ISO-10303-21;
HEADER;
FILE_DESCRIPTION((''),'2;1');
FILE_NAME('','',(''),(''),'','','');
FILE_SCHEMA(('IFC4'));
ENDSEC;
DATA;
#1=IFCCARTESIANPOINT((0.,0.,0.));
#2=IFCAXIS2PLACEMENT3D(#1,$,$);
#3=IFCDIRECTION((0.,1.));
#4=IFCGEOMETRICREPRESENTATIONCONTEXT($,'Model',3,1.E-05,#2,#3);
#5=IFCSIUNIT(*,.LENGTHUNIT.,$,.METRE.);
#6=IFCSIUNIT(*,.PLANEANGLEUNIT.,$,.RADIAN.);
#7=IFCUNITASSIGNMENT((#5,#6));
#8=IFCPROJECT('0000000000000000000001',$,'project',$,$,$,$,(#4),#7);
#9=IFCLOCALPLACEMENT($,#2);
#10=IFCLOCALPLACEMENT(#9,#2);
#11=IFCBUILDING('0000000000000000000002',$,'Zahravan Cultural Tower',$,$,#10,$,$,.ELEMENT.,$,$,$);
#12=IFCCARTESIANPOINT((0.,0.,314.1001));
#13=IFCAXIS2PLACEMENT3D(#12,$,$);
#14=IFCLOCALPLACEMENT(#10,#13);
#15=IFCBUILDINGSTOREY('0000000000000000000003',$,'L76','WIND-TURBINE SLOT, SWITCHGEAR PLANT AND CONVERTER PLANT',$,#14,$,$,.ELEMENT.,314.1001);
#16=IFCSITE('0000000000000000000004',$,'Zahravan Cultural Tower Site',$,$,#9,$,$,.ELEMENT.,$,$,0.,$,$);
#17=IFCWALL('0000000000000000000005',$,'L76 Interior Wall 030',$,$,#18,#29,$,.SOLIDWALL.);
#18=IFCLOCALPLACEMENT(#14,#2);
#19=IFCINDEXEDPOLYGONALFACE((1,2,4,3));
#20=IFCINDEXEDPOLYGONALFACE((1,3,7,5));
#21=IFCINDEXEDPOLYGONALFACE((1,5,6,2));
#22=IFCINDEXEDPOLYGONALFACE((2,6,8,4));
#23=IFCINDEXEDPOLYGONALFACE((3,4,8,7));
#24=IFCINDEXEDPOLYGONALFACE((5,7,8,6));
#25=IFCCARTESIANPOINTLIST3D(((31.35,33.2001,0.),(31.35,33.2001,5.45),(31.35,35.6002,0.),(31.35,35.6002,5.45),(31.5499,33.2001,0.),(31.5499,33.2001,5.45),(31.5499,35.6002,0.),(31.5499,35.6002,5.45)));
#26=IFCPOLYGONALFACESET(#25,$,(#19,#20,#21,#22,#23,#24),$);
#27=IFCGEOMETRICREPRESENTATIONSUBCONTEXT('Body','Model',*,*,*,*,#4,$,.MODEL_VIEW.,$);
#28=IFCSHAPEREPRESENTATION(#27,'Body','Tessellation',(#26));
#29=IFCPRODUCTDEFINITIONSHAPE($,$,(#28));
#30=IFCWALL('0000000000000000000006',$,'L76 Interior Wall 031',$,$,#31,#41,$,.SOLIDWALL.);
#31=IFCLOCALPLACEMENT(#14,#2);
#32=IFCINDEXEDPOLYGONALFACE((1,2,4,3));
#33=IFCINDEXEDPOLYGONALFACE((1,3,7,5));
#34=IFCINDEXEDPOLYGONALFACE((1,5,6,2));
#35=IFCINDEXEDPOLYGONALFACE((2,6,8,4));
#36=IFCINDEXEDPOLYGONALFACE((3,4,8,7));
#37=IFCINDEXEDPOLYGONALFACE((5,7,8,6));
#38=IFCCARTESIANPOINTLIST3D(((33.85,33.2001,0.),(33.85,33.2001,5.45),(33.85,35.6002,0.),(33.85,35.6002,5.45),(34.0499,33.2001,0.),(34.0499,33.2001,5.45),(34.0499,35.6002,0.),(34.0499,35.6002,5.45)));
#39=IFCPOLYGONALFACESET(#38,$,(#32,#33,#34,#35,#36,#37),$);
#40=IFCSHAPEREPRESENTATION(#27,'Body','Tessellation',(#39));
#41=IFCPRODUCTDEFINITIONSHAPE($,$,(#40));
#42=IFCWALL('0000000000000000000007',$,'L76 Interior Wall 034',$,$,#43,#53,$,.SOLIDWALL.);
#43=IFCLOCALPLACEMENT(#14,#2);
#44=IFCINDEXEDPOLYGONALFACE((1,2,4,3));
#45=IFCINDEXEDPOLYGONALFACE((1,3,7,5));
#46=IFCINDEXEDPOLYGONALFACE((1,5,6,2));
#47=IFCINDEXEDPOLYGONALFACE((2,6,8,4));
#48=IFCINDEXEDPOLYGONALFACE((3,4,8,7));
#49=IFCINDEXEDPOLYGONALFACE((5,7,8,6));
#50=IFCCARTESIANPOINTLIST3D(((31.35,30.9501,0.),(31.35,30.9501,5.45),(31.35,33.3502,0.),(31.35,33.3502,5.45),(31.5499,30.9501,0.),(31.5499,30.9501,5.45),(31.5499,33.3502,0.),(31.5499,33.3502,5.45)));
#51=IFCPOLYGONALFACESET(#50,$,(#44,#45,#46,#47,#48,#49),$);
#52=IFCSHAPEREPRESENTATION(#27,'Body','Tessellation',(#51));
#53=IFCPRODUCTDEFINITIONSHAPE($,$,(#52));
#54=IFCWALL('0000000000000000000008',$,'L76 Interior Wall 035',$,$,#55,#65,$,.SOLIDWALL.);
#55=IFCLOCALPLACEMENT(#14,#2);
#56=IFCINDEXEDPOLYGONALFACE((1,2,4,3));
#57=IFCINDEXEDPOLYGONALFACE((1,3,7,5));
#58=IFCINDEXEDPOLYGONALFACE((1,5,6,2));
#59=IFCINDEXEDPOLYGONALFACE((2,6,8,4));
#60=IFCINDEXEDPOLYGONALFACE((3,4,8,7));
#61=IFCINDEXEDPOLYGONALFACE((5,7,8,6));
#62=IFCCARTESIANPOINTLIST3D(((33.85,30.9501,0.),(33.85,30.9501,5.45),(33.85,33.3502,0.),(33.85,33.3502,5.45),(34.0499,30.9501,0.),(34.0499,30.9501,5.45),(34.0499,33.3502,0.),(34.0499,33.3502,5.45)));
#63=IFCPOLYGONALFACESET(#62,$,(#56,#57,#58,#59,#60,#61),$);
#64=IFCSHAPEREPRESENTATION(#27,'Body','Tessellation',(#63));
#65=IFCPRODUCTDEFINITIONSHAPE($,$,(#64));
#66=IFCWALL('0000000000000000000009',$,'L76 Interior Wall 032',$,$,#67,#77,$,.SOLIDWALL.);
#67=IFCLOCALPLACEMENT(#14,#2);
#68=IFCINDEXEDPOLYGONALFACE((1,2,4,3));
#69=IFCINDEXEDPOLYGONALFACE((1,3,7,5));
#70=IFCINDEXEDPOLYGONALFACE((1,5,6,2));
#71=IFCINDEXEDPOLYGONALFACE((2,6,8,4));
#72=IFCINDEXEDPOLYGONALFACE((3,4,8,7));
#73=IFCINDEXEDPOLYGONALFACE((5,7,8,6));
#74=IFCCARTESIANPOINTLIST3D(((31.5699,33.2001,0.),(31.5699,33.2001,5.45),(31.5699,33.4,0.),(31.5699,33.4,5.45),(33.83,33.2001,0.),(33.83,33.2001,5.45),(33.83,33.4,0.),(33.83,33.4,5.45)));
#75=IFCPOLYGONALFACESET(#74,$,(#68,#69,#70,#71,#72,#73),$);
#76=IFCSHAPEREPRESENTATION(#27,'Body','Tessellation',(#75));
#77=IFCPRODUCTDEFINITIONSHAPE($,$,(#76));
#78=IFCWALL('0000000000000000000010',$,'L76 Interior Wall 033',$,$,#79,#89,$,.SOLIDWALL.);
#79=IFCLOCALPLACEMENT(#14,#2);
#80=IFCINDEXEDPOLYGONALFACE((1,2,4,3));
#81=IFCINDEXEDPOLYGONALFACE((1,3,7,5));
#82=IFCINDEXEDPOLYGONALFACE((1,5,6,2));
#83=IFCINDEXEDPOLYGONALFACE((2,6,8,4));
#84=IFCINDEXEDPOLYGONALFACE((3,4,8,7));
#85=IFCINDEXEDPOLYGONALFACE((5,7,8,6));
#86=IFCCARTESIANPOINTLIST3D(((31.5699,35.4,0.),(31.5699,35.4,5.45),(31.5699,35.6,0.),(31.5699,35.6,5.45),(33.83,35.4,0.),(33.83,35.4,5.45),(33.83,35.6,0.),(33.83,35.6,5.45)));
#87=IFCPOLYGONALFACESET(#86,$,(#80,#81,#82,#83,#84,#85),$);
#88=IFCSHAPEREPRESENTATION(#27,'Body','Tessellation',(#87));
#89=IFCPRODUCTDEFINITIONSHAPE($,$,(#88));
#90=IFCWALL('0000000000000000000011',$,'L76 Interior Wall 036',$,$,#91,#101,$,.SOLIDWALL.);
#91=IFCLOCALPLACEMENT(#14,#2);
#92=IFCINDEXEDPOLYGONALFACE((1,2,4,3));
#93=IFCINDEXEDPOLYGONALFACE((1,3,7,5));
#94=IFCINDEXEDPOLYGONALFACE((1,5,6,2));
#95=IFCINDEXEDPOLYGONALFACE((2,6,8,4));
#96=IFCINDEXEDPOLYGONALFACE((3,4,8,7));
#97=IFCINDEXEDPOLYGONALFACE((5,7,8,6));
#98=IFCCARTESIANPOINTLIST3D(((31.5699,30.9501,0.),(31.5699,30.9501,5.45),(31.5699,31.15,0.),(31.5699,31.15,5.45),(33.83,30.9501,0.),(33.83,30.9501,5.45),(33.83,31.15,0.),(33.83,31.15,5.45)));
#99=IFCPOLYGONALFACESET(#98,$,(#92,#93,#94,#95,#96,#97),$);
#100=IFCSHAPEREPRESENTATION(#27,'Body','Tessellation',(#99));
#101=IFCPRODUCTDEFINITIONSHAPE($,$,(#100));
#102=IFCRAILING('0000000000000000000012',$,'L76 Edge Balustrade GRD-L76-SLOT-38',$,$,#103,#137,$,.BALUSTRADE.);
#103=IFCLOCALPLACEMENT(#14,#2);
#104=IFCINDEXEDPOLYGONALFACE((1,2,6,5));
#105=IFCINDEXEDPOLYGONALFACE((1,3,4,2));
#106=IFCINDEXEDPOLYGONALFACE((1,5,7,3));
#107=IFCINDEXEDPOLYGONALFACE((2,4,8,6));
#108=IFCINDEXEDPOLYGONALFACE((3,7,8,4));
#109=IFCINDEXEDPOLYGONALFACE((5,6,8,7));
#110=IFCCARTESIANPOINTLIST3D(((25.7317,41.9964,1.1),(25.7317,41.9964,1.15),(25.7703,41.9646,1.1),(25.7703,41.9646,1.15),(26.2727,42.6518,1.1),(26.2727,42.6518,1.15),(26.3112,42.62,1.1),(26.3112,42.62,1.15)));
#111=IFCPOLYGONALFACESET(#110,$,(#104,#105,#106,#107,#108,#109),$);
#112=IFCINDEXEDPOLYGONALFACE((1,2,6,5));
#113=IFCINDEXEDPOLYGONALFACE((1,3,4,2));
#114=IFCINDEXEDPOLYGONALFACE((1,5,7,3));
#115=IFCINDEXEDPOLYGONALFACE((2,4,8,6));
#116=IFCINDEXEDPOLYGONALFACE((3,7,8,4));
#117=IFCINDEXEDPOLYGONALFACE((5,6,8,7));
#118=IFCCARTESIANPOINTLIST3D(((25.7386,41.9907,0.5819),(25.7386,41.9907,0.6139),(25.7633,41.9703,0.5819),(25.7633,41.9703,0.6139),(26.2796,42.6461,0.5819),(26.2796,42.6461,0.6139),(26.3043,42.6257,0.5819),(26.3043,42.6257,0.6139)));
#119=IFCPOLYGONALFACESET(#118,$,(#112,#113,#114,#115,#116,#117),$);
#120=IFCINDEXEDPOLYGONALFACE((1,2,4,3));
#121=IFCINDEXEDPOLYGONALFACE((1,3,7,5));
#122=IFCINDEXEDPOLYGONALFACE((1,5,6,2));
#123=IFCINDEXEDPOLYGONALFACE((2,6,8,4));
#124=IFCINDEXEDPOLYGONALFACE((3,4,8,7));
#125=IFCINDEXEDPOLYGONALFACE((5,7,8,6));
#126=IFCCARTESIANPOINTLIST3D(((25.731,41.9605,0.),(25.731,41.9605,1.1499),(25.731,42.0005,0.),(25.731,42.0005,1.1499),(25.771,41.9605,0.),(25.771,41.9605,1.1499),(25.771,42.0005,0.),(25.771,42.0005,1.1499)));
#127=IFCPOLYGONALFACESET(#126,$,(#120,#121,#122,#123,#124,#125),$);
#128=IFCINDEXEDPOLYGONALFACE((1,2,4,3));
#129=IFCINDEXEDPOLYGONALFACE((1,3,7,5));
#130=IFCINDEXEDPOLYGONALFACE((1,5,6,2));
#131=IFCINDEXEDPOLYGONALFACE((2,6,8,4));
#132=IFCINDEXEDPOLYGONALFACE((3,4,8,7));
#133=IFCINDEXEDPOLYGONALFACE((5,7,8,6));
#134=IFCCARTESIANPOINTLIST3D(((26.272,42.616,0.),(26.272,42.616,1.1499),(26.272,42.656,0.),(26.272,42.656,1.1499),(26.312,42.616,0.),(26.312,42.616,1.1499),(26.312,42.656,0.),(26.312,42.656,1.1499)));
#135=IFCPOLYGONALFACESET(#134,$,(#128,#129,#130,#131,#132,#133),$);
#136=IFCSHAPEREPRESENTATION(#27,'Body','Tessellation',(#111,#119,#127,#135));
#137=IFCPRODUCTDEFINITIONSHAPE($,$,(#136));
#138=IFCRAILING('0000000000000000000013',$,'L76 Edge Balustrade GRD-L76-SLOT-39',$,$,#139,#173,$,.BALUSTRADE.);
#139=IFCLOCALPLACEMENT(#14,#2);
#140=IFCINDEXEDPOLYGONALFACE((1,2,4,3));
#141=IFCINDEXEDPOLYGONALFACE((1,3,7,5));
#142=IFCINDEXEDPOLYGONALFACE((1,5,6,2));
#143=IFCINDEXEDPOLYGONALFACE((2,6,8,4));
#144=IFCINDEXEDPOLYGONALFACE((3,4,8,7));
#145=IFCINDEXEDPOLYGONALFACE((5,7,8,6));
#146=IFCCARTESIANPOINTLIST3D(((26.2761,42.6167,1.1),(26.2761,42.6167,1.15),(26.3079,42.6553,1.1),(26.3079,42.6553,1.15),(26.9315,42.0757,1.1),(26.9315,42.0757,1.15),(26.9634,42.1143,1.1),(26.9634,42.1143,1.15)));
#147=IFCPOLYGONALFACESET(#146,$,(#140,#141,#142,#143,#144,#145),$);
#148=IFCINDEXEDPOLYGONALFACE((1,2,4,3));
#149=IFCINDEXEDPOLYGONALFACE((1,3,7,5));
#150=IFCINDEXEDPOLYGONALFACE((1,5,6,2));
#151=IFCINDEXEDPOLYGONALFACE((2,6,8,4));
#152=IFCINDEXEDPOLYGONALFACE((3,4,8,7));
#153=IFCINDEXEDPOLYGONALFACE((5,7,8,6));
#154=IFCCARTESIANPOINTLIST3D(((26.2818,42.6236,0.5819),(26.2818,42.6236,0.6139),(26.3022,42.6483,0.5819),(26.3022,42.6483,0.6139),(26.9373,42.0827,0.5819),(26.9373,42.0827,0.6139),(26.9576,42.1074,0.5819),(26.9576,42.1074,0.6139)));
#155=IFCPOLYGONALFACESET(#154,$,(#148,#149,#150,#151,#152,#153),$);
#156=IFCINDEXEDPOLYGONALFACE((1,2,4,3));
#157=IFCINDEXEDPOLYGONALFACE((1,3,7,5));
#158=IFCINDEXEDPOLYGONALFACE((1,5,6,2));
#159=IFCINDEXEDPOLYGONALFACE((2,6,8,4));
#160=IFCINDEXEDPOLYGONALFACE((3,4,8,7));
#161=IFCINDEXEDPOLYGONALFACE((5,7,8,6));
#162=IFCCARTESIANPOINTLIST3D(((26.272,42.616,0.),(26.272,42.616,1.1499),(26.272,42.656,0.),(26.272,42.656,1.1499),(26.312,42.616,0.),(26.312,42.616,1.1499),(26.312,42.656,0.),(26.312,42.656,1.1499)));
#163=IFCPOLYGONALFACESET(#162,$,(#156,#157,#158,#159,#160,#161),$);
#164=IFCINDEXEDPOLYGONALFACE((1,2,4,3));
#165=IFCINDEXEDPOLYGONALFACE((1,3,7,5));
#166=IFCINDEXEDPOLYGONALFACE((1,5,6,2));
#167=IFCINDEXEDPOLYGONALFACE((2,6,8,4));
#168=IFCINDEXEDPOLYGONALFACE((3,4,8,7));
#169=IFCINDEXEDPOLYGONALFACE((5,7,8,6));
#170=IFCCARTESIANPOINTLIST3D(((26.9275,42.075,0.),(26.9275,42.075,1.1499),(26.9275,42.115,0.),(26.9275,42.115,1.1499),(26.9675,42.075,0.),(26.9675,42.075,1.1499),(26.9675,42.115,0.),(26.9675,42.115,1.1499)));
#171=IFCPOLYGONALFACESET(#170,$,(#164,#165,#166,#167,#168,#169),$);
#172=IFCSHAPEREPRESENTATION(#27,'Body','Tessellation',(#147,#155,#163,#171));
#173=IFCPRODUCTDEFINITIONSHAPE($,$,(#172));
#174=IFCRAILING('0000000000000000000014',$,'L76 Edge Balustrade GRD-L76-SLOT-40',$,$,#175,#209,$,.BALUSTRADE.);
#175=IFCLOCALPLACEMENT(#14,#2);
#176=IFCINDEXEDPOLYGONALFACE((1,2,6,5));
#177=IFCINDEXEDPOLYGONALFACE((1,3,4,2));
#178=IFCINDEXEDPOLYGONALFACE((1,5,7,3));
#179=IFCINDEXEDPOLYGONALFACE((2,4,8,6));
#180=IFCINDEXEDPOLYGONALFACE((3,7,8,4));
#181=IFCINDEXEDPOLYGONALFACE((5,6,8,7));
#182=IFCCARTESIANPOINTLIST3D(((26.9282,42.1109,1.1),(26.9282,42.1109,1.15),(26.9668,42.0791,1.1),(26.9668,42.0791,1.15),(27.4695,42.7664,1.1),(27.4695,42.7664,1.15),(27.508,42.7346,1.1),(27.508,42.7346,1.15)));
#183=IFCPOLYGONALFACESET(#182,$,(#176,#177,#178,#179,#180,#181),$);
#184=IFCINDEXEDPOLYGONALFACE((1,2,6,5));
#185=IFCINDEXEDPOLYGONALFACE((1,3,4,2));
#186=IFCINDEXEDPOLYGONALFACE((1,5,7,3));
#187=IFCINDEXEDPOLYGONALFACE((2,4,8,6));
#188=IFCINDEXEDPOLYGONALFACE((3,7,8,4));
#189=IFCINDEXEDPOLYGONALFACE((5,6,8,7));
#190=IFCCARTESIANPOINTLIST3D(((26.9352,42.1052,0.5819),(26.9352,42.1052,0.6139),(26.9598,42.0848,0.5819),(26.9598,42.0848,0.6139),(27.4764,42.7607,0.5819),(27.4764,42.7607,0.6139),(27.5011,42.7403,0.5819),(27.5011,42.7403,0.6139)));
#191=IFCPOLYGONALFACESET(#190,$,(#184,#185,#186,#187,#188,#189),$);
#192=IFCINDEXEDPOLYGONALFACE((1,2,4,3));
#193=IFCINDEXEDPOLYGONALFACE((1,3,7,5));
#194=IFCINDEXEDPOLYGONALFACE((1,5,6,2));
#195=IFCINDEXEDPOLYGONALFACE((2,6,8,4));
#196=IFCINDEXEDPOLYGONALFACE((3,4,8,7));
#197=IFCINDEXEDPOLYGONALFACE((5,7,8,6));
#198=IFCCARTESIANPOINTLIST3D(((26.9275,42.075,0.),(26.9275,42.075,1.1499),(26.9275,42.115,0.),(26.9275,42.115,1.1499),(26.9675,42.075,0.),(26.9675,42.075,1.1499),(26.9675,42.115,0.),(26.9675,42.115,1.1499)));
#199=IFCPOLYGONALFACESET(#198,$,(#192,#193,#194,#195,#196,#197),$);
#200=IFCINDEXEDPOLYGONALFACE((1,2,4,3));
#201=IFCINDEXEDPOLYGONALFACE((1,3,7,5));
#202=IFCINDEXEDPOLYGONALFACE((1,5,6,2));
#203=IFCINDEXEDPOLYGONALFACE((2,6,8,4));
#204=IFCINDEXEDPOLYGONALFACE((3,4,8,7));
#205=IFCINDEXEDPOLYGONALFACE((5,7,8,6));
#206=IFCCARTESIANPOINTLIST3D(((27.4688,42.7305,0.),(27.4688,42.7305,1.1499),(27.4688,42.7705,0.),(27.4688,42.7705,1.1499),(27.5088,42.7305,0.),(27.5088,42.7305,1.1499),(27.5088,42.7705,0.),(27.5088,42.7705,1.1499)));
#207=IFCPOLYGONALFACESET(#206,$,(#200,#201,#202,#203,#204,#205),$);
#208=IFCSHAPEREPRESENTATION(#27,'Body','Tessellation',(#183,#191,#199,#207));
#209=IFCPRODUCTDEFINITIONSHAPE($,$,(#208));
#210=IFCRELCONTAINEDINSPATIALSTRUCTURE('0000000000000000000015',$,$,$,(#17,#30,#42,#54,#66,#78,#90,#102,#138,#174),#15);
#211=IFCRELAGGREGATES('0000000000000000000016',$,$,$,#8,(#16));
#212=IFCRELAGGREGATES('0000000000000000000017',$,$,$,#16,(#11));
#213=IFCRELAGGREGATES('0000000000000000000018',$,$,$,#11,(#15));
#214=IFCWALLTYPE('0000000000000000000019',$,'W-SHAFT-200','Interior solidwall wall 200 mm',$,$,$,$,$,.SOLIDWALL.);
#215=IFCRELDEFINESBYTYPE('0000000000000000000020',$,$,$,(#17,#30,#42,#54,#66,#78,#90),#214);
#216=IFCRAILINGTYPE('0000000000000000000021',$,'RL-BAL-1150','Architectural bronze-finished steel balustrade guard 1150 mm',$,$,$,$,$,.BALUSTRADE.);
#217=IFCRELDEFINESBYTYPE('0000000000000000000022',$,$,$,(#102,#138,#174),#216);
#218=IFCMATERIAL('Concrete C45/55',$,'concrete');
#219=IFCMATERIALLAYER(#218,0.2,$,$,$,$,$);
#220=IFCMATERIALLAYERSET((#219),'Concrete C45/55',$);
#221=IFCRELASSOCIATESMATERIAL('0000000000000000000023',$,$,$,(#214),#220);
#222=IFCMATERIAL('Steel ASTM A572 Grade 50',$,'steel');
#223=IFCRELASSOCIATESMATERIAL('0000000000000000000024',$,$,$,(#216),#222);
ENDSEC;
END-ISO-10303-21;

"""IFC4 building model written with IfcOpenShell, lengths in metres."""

from ifc_helpers import new_model, si_unit, direction, frame, frame_2d, origin, origin_2d, place, context, subcontext, project, spatial, rectangle, extrude, source, transform, mapped, material, layer, layer_set, type_object, element, save


model = new_model("IFC4")

# Units and contexts
model_context = context("Model", 3, precision=1e-05, world=origin(), true_north=direction((0.0, 1.0)))
body_context = subcontext(model_context, "Body", "Model", "MODEL_VIEW")
ifc_project = project(units=[si_unit("LENGTHUNIT", "METRE"), si_unit("PLANEANGLEUNIT", "RADIAN")], contexts=[model_context])

# Site, building, storey
site_placement = place(None, origin())
site = spatial("IfcSite", under=ifc_project, at=site_placement, Name="Zahravan Cultural Tower Site", CompositionType="ELEMENT", RefElevation=0.0)
building_placement = place(site_placement, origin())
building = spatial("IfcBuilding", under=site, at=building_placement, Name="Zahravan Cultural Tower", CompositionType="ELEMENT")
storey_placement = place(building_placement, frame((0.0, 0.0, 314.1001)))
storey = spatial("IfcBuildingStorey", under=building, at=storey_placement, Name="L76", Description="WIND-TURBINE SLOT, SWITCHGEAR PLANT AND CONVERTER PLANT", CompositionType="ELEMENT", Elevation=314.1001)

# Shared definitions
ifc_material_1 = material(Name="Concrete C45/55", Category="concrete")

# Shared definitions
ifc_material_2 = material(Name="Steel ASTM A572 Grade 50", Category="steel")

# Shared definitions
ifc_layer_1 = layer(ifc_material_1, 0.2)
ifc_layer_set_1 = layer_set([ifc_layer_1], Name="Concrete C45/55")
wall_type = type_object("IfcWallType", Name="W-SHAFT-200", Description="Interior solidwall wall 200 mm", PredefinedType="SOLIDWALL", material=ifc_layer_set_1)

# Walls
shared_shape_1 = source(origin(), body_context, "Body", "SweptSolid", [
    extrude(rectangle(XDim=2.4001, YDim=0.2, at=frame_2d((1.2002, 0.0))), origin(), (0.0, 0.0, 1.0), 5.45),
])
for number, where, z_axis, x_axis, name in (
    (1, (31.45, 33.2, 0.0), (0.0, 0.0, 1.0), (0.0, 1.0, 0.0), "L76 Interior Wall 030"),
    (2, (33.95, 33.2, 0.0), (0.0, 0.0, 1.0), (0.0, 1.0, 0.0), "L76 Interior Wall 031"),
    (3, (31.45, 30.95, 0.0), (0.0, 0.0, 1.0), (0.0, 1.0, 0.0), "L76 Interior Wall 034"),
    (4, (33.95, 30.95, 0.0), (0.0, 0.0, 1.0), (0.0, 1.0, 0.0), "L76 Interior Wall 035"),
):
    element("IfcWall", number, at=place(storey_placement, frame(where, z_axis=z_axis, x_axis=x_axis)), inside=storey, type_object=wall_type, Name=name, PredefinedType="SOLIDWALL", context=body_context, shape_type="MappedRepresentation", body=[
        mapped(shared_shape_1, transform((0.0, 0.0, 0.0), x_axis=(1.0, 0.0, 0.0), y_axis=(0.0, 1.0, 0.0), z_axis=(0.0, 0.0, 1.0), scale=1.0)),
    ])
shared_shape_2 = source(origin(), body_context, "Body", "SweptSolid", [
    extrude(rectangle(XDim=2.26, YDim=0.2, at=frame_2d((1.1299, 0.0))), origin(), (0.0, 0.0, 1.0), 5.45),
])
for number, where, z_axis, x_axis, name in (
    (5, (31.5701, 33.3, 0.0), (0.0, 0.0, 1.0), (1.0, 0.0, 0.0), "L76 Interior Wall 032"),
    (6, (31.5701, 35.5, 0.0), (0.0, 0.0, 1.0), (1.0, 0.0, 0.0), "L76 Interior Wall 033"),
    (7, (31.5701, 31.05, 0.0), (0.0, 0.0, 1.0), (1.0, 0.0, 0.0), "L76 Interior Wall 036"),
):
    element("IfcWall", number, at=place(storey_placement, frame(where, z_axis=z_axis, x_axis=x_axis)), inside=storey, type_object=wall_type, Name=name, PredefinedType="SOLIDWALL", context=body_context, shape_type="MappedRepresentation", body=[
        mapped(shared_shape_2, transform((0.0, 0.0, 0.0), x_axis=(1.0, 0.0, 0.0), y_axis=(0.0, 1.0, 0.0), z_axis=(0.0, 0.0, 1.0), scale=1.0)),
    ])

# Railings
railing_type_1 = type_object("IfcRailingType", Name="RL-BAL-1150", Description="Architectural bronze-finished steel balustrade guard 1150 mm", PredefinedType="BALUSTRADE", material=ifc_material_2)
railing_1_placement = place(storey_placement, frame((25.751, 41.9805, 0.0)))
element("IfcRailing", 8, at=railing_1_placement, inside=storey, type_object=railing_type_1, Name="L76 Edge Balustrade GRD-L76-SLOT-38", PredefinedType="BALUSTRADE", context=body_context, shape_type="SweptSolid", body=[
    extrude(rectangle(XDim=0.05, YDim=0.05, at=origin_2d()), frame((0.0, 0.0, 1.125), z_axis=(0.636532, 0.77125, 0.0), x_axis=(-0.77125, 0.636532, 0.0)), (0.0, 0.0, 1.0), 0.8499),
    extrude(rectangle(XDim=0.032, YDim=0.032, at=origin_2d()), frame((0.0, 0.0, 0.5979), z_axis=(0.636532, 0.77125, 0.0), x_axis=(-0.77125, 0.636532, 0.0)), (0.0, 0.0, 1.0), 0.8499),
    extrude(rectangle(XDim=0.04, YDim=0.04, at=origin_2d()), origin(), (0.0, 0.0, 1.0), 1.1499),
    extrude(rectangle(XDim=0.04, YDim=0.04, at=origin_2d()), frame((0.541, 0.6555, 0.0)), (0.0, 0.0, 1.0), 1.1499),
])
railing_2_placement = place(storey_placement, frame((26.292, 42.636, 0.0)))
element("IfcRailing", 9, at=railing_2_placement, inside=storey, type_object=railing_type_1, Name="L76 Edge Balustrade GRD-L76-SLOT-39", PredefinedType="BALUSTRADE", context=body_context, shape_type="SweptSolid", body=[
    extrude(rectangle(XDim=0.05, YDim=0.05, at=origin_2d()), frame((0.0, 0.0, 1.125), z_axis=(0.77125, -0.636532, 0.0), x_axis=(0.636532, 0.77125, 0.0)), (0.0, 0.0, 1.0), 0.8499),
    extrude(rectangle(XDim=0.032, YDim=0.032, at=origin_2d()), frame((0.0, 0.0, 0.5979), z_axis=(0.77125, -0.636532, 0.0), x_axis=(0.636532, 0.77125, 0.0)), (0.0, 0.0, 1.0), 0.8499),
    extrude(rectangle(XDim=0.04, YDim=0.04, at=origin_2d()), origin(), (0.0, 0.0, 1.0), 1.1499),
    extrude(rectangle(XDim=0.04, YDim=0.04, at=origin_2d()), frame((0.6555, -0.541, 0.0)), (0.0, 0.0, 1.0), 1.1499),
])
railing_3_placement = place(storey_placement, frame((26.9475, 42.095, 0.0)))
element("IfcRailing", 10, at=railing_3_placement, inside=storey, type_object=railing_type_1, Name="L76 Edge Balustrade GRD-L76-SLOT-40", PredefinedType="BALUSTRADE", context=body_context, shape_type="SweptSolid", body=[
    extrude(rectangle(XDim=0.05, YDim=0.05, at=origin_2d()), frame((0.0, 0.0, 1.125), z_axis=(0.636703, 0.771109, 0.0), x_axis=(-0.771109, 0.636703, 0.0)), (0.0, 0.0, 1.0), 0.8501),
    extrude(rectangle(XDim=0.032, YDim=0.032, at=origin_2d()), frame((0.0, 0.0, 0.5979), z_axis=(0.636703, 0.771109, 0.0), x_axis=(-0.771109, 0.636703, 0.0)), (0.0, 0.0, 1.0), 0.8501),
    extrude(rectangle(XDim=0.04, YDim=0.04, at=origin_2d()), origin(), (0.0, 0.0, 1.0), 1.1499),
    extrude(rectangle(XDim=0.04, YDim=0.04, at=origin_2d()), frame((0.5413, 0.6555, 0.0)), (0.0, 0.0, 1.0), 1.1499),
])

save(model, "model.ifc")
